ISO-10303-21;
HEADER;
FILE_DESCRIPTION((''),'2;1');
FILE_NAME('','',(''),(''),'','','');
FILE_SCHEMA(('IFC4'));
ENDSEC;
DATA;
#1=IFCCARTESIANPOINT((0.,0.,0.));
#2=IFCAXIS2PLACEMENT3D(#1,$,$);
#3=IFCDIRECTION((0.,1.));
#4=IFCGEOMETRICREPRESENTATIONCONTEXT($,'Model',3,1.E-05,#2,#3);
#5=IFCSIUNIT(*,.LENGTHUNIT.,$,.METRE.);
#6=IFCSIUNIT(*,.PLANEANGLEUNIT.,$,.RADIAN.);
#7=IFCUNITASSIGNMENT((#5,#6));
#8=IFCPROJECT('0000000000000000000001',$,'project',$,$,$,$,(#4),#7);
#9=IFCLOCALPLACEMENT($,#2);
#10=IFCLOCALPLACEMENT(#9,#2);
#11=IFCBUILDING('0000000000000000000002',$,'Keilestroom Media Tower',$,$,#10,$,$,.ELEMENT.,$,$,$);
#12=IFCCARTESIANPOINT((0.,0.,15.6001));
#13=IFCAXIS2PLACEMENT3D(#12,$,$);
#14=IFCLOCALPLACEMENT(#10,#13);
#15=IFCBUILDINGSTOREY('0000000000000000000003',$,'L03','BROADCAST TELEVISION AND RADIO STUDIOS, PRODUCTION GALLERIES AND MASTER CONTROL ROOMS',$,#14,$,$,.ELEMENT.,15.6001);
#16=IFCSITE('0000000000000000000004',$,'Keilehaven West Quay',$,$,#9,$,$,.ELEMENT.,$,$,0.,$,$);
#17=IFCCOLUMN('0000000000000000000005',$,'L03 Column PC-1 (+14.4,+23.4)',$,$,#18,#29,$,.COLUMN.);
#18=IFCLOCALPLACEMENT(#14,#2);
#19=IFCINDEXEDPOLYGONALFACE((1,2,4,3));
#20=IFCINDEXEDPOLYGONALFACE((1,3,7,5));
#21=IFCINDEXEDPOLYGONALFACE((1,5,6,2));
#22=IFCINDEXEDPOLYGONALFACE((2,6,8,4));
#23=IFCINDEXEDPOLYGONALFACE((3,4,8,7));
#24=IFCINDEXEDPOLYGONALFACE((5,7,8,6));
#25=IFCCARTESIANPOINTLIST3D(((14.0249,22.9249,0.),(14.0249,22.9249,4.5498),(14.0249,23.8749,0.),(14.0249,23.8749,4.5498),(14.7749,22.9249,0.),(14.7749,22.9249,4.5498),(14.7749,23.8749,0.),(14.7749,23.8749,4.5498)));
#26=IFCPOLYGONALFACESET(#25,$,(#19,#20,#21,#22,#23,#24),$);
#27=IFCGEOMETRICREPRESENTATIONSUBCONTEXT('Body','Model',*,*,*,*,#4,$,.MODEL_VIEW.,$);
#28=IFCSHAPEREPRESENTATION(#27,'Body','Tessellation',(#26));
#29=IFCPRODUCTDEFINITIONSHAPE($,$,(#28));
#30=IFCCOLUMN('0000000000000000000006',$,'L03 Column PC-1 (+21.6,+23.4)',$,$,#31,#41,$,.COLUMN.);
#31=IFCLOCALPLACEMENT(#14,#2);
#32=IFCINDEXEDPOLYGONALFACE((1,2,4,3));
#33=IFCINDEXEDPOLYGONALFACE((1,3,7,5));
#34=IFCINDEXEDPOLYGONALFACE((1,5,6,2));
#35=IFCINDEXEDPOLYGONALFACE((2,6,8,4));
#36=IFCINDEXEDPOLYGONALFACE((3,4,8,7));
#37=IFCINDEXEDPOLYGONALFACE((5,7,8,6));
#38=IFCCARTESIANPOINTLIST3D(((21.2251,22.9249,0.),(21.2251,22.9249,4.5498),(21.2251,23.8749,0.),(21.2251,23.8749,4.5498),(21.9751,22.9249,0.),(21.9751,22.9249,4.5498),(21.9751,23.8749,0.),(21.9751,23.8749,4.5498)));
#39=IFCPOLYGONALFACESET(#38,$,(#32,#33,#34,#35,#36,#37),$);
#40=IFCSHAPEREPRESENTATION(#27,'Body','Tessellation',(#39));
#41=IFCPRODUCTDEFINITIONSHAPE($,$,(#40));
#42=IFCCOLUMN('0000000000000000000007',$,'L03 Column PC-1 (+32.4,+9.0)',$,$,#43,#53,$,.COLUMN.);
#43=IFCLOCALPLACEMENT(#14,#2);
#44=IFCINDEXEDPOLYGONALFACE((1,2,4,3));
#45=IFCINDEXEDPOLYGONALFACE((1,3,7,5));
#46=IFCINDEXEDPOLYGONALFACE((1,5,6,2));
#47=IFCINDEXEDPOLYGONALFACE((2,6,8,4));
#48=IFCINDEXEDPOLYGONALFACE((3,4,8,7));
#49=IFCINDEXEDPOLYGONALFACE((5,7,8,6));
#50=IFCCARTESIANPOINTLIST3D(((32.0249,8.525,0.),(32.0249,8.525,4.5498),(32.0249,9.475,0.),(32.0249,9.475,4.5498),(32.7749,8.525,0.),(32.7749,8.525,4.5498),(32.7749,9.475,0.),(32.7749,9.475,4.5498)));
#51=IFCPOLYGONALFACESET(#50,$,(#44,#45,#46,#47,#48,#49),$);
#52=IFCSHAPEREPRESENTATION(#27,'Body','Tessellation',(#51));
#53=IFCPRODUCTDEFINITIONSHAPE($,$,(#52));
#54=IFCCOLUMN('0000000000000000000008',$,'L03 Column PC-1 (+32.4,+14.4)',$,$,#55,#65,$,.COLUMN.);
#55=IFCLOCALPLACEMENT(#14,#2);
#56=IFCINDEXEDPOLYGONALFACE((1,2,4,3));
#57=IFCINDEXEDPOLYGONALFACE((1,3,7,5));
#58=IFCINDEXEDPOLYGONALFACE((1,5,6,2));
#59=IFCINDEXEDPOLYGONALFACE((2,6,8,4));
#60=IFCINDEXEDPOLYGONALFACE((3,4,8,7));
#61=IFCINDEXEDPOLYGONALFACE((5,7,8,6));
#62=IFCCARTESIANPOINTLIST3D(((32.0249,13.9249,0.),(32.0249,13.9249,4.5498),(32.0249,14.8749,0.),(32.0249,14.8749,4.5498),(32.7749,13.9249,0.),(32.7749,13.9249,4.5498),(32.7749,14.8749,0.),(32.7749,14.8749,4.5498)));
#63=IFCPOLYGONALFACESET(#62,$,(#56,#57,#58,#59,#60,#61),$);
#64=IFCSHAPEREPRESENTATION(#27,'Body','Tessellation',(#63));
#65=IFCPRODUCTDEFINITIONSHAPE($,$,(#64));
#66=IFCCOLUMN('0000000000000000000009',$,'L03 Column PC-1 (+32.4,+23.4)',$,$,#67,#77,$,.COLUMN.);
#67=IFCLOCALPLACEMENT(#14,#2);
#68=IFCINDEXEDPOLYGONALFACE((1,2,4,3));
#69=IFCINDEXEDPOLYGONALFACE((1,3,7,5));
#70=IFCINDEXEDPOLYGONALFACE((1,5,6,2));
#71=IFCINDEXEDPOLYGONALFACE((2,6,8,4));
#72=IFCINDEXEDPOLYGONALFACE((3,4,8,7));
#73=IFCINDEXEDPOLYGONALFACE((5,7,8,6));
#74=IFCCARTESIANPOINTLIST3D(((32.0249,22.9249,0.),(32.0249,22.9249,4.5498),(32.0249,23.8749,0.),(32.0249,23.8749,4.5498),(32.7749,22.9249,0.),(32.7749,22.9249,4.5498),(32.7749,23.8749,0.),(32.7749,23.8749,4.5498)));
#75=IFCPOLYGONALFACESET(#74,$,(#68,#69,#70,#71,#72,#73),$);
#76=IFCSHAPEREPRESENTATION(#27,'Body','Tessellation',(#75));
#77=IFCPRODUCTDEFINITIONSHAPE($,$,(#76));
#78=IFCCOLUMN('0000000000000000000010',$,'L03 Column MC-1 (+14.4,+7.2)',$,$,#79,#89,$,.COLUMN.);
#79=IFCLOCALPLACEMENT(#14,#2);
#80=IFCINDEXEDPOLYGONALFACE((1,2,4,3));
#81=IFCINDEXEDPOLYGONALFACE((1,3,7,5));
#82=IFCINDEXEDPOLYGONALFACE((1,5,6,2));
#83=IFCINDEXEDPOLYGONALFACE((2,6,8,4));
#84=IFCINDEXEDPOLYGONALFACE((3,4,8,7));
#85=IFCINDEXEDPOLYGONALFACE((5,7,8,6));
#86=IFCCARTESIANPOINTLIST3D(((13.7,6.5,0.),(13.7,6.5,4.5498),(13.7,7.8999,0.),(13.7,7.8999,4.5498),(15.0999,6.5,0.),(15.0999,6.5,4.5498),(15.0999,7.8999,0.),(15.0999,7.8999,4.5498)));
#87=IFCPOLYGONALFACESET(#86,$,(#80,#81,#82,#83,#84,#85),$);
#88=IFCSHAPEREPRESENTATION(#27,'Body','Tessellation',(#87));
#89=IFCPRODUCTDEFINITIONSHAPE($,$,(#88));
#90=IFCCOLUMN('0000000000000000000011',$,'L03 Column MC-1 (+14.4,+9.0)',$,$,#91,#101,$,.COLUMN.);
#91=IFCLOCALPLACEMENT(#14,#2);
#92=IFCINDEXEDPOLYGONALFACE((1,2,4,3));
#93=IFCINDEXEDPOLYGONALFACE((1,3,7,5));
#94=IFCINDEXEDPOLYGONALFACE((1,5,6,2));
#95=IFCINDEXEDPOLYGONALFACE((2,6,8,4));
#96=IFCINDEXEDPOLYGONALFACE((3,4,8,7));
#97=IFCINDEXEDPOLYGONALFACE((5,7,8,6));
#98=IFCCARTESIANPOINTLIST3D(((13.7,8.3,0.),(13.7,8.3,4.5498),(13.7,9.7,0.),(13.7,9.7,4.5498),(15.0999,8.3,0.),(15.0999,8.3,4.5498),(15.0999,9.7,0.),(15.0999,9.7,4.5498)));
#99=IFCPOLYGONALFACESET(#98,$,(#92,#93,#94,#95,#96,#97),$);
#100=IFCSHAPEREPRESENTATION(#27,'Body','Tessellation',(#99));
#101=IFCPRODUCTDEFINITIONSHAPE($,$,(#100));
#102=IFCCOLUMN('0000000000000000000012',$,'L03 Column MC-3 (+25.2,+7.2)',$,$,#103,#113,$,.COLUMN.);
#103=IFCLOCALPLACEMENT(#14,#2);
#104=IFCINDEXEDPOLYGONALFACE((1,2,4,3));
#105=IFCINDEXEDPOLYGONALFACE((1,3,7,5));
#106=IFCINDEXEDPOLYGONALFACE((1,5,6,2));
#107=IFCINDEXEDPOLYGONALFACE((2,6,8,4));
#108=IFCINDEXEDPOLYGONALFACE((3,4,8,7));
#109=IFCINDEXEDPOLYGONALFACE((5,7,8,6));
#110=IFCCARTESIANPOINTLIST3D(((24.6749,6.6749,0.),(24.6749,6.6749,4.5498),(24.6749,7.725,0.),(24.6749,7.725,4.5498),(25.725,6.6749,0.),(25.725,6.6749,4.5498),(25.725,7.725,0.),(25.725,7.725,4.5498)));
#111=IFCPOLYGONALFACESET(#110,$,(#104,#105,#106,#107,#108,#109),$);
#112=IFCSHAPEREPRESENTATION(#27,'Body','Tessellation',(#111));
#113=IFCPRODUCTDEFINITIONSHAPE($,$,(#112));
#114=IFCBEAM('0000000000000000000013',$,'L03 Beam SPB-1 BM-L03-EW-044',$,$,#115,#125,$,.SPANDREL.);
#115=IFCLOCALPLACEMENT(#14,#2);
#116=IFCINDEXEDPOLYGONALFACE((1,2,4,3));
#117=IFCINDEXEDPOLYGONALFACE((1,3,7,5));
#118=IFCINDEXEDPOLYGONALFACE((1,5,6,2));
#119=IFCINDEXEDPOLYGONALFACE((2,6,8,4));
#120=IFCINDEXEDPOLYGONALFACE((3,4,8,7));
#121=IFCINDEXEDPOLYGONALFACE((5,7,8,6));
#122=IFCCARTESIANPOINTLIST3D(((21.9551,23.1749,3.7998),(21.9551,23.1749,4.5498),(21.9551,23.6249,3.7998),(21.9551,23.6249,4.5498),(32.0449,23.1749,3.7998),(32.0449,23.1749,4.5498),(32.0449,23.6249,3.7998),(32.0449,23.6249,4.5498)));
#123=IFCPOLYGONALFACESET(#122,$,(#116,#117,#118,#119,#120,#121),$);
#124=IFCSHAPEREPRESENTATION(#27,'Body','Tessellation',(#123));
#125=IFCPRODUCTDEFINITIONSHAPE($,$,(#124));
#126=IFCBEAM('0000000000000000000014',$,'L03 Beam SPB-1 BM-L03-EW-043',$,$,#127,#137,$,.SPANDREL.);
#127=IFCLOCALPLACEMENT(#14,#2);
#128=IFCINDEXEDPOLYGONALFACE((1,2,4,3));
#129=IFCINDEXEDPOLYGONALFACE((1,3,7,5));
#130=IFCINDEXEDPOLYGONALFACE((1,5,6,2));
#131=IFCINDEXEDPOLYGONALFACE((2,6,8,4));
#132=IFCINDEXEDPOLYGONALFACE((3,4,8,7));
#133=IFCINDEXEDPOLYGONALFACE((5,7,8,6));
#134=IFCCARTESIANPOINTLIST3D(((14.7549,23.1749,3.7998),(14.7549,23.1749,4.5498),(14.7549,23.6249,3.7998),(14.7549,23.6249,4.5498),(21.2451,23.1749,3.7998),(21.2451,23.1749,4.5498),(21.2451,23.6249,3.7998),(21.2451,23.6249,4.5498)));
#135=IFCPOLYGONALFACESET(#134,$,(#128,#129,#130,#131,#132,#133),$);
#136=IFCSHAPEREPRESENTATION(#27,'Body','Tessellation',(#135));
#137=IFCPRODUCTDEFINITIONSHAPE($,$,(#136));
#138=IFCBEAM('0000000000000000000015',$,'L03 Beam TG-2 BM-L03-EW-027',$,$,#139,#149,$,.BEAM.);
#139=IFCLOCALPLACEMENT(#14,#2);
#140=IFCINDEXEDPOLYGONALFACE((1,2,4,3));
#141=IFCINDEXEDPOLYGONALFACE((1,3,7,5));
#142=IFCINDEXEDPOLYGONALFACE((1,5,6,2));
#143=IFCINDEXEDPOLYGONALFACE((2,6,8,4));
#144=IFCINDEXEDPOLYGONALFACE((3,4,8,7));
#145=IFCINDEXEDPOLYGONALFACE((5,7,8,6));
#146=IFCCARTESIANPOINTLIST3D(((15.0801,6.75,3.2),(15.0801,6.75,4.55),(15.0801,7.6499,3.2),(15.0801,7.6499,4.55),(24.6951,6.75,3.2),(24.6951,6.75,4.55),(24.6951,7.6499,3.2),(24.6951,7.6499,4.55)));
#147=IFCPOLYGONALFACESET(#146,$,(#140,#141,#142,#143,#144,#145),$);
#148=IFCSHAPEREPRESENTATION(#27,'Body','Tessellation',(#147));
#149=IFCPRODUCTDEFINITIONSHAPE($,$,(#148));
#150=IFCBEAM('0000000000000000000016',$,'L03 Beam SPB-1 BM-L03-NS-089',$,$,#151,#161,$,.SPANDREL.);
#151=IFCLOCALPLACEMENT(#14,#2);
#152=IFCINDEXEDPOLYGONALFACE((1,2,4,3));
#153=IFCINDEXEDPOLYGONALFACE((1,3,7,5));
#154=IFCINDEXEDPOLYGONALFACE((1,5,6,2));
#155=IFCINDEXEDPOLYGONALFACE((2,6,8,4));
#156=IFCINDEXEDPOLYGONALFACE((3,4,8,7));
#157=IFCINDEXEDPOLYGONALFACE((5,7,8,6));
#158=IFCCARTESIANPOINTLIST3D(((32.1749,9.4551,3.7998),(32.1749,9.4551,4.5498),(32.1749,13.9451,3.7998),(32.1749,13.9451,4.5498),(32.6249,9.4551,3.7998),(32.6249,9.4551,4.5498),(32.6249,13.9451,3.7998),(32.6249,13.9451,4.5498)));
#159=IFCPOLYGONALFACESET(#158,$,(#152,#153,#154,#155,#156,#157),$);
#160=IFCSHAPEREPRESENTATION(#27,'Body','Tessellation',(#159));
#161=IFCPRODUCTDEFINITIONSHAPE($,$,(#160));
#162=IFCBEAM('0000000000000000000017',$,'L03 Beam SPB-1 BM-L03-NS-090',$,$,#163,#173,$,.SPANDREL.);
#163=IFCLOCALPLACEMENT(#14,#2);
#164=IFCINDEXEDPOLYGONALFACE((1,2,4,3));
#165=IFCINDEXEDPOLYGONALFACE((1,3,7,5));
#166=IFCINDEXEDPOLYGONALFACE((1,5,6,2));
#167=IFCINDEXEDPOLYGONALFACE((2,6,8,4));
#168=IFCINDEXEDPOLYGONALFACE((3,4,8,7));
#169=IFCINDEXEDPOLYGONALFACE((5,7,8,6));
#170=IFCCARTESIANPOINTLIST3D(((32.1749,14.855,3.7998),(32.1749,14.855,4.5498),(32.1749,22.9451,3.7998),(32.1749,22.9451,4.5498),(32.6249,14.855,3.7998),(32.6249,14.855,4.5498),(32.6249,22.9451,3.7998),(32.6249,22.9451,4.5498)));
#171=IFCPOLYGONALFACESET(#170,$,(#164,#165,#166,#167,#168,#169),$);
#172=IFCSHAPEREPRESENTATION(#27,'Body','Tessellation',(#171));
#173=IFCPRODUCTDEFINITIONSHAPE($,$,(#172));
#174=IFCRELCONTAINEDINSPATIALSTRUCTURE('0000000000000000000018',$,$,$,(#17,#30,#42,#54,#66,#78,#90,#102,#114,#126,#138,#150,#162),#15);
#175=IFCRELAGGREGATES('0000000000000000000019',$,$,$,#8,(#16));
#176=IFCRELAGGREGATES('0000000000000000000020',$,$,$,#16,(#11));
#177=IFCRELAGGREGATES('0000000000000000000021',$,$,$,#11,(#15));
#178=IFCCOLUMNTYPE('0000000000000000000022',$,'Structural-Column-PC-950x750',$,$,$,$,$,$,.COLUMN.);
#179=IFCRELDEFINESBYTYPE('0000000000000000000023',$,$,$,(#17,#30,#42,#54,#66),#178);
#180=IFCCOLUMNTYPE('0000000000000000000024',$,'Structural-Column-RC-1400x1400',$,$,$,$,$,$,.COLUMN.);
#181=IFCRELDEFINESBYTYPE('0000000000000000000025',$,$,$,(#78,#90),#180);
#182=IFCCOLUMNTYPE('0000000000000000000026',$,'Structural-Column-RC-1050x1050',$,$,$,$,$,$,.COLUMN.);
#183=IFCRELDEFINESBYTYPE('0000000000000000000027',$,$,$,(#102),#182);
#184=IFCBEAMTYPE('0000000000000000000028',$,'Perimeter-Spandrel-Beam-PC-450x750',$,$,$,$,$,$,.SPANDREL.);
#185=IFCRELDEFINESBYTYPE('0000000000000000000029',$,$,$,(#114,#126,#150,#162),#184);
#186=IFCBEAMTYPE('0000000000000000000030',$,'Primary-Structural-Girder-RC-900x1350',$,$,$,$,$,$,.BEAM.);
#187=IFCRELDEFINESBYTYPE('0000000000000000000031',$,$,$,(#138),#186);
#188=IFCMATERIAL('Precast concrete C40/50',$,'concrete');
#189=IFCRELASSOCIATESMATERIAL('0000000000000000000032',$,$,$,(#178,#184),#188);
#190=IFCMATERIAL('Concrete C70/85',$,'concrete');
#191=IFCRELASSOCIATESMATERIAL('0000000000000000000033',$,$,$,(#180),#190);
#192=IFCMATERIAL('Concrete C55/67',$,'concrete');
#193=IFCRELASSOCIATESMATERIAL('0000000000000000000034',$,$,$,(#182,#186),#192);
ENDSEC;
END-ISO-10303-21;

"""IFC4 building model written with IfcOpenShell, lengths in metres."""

from ifc_helpers import new_model, si_unit, direction, frame, origin, origin_2d, place, context, subcontext, project, spatial, rectangle, extrude, source, transform, mapped, material, material_profile, profile_set, type_object, element, save


model = new_model("IFC4")

# Units and contexts
model_context = context("Model", 3, precision=1e-05, world=origin(), true_north=direction((0.0, 1.0)))
body_context = subcontext(model_context, "Body", "Model", "MODEL_VIEW")
ifc_project = project(units=[si_unit("LENGTHUNIT", "METRE"), si_unit("PLANEANGLEUNIT", "RADIAN")], contexts=[model_context])

# Site, building, storey
site_placement = place(None, origin())
site = spatial("IfcSite", under=ifc_project, at=site_placement, Name="Keilehaven West Quay", CompositionType="ELEMENT", RefElevation=0.0)
building_placement = place(site_placement, origin())
building = spatial("IfcBuilding", under=site, at=building_placement, Name="Keilestroom Media Tower", CompositionType="ELEMENT")
storey_placement = place(building_placement, frame((0.0, 0.0, 15.6001)))
storey = spatial("IfcBuildingStorey", under=building, at=storey_placement, Name="L03", Description="BROADCAST TELEVISION AND RADIO STUDIOS, PRODUCTION GALLERIES AND MASTER CONTROL ROOMS", CompositionType="ELEMENT", Elevation=15.6001)

# Columns
ifc_material_1 = material(Name="Precast concrete C40/50", Category="concrete")
ifc_material_profile_1 = material_profile(ifc_material_1, rectangle(XDim=0.75, YDim=0.95, at=origin_2d()), Name="PC 950x750")
ifc_profile_set_1 = profile_set([ifc_material_profile_1], Name="Precast concrete C40/50")
column_type_1 = type_object("IfcColumnType", Name="Structural-Column-PC-950x750", PredefinedType="COLUMN", material=ifc_profile_set_1)
shared_shape_1 = source(origin(), body_context, "Body", "SweptSolid", [
    extrude(rectangle(XDim=0.75, YDim=0.95, at=origin_2d()), origin(), (0.0, 0.0, 1.0), 4.5498),
])
for number, where, z_axis, x_axis, name in (
    (1, (14.3999, 23.3999, 0.0), (0.0, 0.0, 1.0), (1.0, 0.0, 0.0), "L03 Column PC-1 (+14.4,+23.4)"),
    (2, (21.6001, 23.3999, 0.0), (0.0, 0.0, 1.0), (1.0, 0.0, 0.0), "L03 Column PC-1 (+21.6,+23.4)"),
    (3, (32.3999, 9.0, 0.0), (0.0, 0.0, 1.0), (1.0, 0.0, 0.0), "L03 Column PC-1 (+32.4,+9.0)"),
    (4, (32.3999, 14.3999, 0.0), (0.0, 0.0, 1.0), (1.0, 0.0, 0.0), "L03 Column PC-1 (+32.4,+14.4)"),
    (5, (32.3999, 23.3999, 0.0), (0.0, 0.0, 1.0), (1.0, 0.0, 0.0), "L03 Column PC-1 (+32.4,+23.4)"),
):
    element("IfcColumn", number, at=place(storey_placement, frame(where, z_axis=z_axis, x_axis=x_axis)), inside=storey, type_object=column_type_1, Name=name, PredefinedType="COLUMN", context=body_context, shape_type="MappedRepresentation", body=[
        mapped(shared_shape_1, transform((0.0, 0.0, 0.0), x_axis=(1.0, 0.0, 0.0), y_axis=(0.0, 1.0, 0.0), z_axis=(0.0, 0.0, 1.0), scale=1.0)),
    ])
ifc_material_2 = material(Name="Concrete C70/85", Category="concrete")
ifc_material_profile_2 = material_profile(ifc_material_2, rectangle(XDim=1.3999, YDim=1.3999, at=origin_2d()), Name="RC 1400x1400")
ifc_profile_set_2 = profile_set([ifc_material_profile_2], Name="Concrete C70/85")
column_type_2 = type_object("IfcColumnType", Name="Structural-Column-RC-1400x1400", PredefinedType="COLUMN", material=ifc_profile_set_2)
shared_shape_2 = source(origin(), body_context, "Body", "SweptSolid", [
    extrude(rectangle(XDim=1.3999, YDim=1.3999, at=origin_2d()), origin(), (0.0, 0.0, 1.0), 4.5498),
])
for number, where, z_axis, x_axis, name in (
    (6, (14.3999, 7.2, 0.0), (0.0, 0.0, 1.0), (1.0, 0.0, 0.0), "L03 Column MC-1 (+14.4,+7.2)"),
    (7, (14.3999, 9.0, 0.0), (0.0, 0.0, 1.0), (1.0, 0.0, 0.0), "L03 Column MC-1 (+14.4,+9.0)"),
):
    element("IfcColumn", number, at=place(storey_placement, frame(where, z_axis=z_axis, x_axis=x_axis)), inside=storey, type_object=column_type_2, Name=name, PredefinedType="COLUMN", context=body_context, shape_type="MappedRepresentation", body=[
        mapped(shared_shape_2, transform((0.0, 0.0, 0.0), x_axis=(1.0, 0.0, 0.0), y_axis=(0.0, 1.0, 0.0), z_axis=(0.0, 0.0, 1.0), scale=1.0)),
    ])
ifc_material_3 = material(Name="Concrete C55/67", Category="concrete")
ifc_material_profile_3 = material_profile(ifc_material_3, rectangle(XDim=1.05, YDim=1.05, at=origin_2d()), Name="RC 1050x1050")
ifc_profile_set_3 = profile_set([ifc_material_profile_3], Name="Concrete C55/67")
column_type_3 = type_object("IfcColumnType", Name="Structural-Column-RC-1050x1050", PredefinedType="COLUMN", material=ifc_profile_set_3)
shared_shape_3 = source(origin(), body_context, "Body", "SweptSolid", [
    extrude(rectangle(XDim=1.05, YDim=1.05, at=origin_2d()), origin(), (0.0, 0.0, 1.0), 4.5498),
])
column_placement = place(storey_placement, frame((25.2, 7.2, 0.0), z_axis=(0.0, 0.0, 1.0), x_axis=(1.0, 0.0, 0.0)))
element("IfcColumn", 8, at=column_placement, inside=storey, type_object=column_type_3, Name="L03 Column MC-3 (+25.2,+7.2)", PredefinedType="COLUMN", context=body_context, shape_type="MappedRepresentation", body=[
    mapped(shared_shape_3, transform((0.0, 0.0, 0.0), x_axis=(1.0, 0.0, 0.0), y_axis=(0.0, 1.0, 0.0), z_axis=(0.0, 0.0, 1.0), scale=1.0)),
])

# Beams
ifc_material_profile_4 = material_profile(ifc_material_1, rectangle(XDim=0.45, YDim=0.75, at=origin_2d()), Name="PC 450x750")
ifc_profile_set_4 = profile_set([ifc_material_profile_4], Name="Precast concrete C40/50")
beam_type_1 = type_object("IfcBeamType", Name="Perimeter-Spandrel-Beam-PC-450x750", PredefinedType="SPANDREL", material=ifc_profile_set_4)
shared_shape_4 = source(origin(), body_context, "Body", "SweptSolid", [
    extrude(rectangle(XDim=0.45, YDim=0.75, at=origin_2d()), origin(), (0.0, 0.0, 1.0), 10.0898),
])
beam_1_placement = place(storey_placement, frame((21.9551, 23.3999, 4.1748), z_axis=(1.0, 0.0, 0.0), x_axis=(0.0, 1.0, 0.0)))
element("IfcBeam", 9, at=beam_1_placement, inside=storey, type_object=beam_type_1, Name="L03 Beam SPB-1 BM-L03-EW-044", PredefinedType="SPANDREL", context=body_context, shape_type="MappedRepresentation", body=[
    mapped(shared_shape_4, transform((0.0, 0.0, 0.0), x_axis=(1.0, 0.0, 0.0), y_axis=(0.0, 1.0, 0.0), z_axis=(0.0, 0.0, 1.0), scale=1.0)),
])
shared_shape_5 = source(origin(), body_context, "Body", "SweptSolid", [
    extrude(rectangle(XDim=0.45, YDim=0.75, at=origin_2d()), origin(), (0.0, 0.0, 1.0), 6.4902),
])
beam_2_placement = place(storey_placement, frame((14.7549, 23.3999, 4.1748), z_axis=(1.0, 0.0, 0.0), x_axis=(0.0, 1.0, 0.0)))
element("IfcBeam", 10, at=beam_2_placement, inside=storey, type_object=beam_type_1, Name="L03 Beam SPB-1 BM-L03-EW-043", PredefinedType="SPANDREL", context=body_context, shape_type="MappedRepresentation", body=[
    mapped(shared_shape_5, transform((0.0, 0.0, 0.0), x_axis=(1.0, 0.0, 0.0), y_axis=(0.0, 1.0, 0.0), z_axis=(0.0, 0.0, 1.0), scale=1.0)),
])
ifc_material_profile_5 = material_profile(ifc_material_3, rectangle(XDim=0.8999, YDim=1.3501, at=origin_2d()), Name="RC 900x1350")
ifc_profile_set_5 = profile_set([ifc_material_profile_5], Name="Concrete C55/67")
beam_type_2 = type_object("IfcBeamType", Name="Primary-Structural-Girder-RC-900x1350", PredefinedType="BEAM", material=ifc_profile_set_5)
shared_shape_6 = source(origin(), body_context, "Body", "SweptSolid", [
    extrude(rectangle(XDim=0.8999, YDim=1.3501, at=origin_2d()), origin(), (0.0, 0.0, 1.0), 9.615),
])
beam_3_placement = place(storey_placement, frame((15.0801, 7.2, 3.875), z_axis=(1.0, 0.0, 0.0), x_axis=(0.0, 1.0, 0.0)))
element("IfcBeam", 11, at=beam_3_placement, inside=storey, type_object=beam_type_2, Name="L03 Beam TG-2 BM-L03-EW-027", PredefinedType="BEAM", context=body_context, shape_type="MappedRepresentation", body=[
    mapped(shared_shape_6, transform((0.0, 0.0, 0.0), x_axis=(1.0, 0.0, 0.0), y_axis=(0.0, 1.0, 0.0), z_axis=(0.0, 0.0, 1.0), scale=1.0)),
])
shared_shape_7 = source(origin(), body_context, "Body", "SweptSolid", [
    extrude(rectangle(XDim=0.45, YDim=0.75, at=origin_2d()), origin(), (0.0, 0.0, 1.0), 4.49),
])
beam_4_placement = place(storey_placement, frame((32.3999, 9.4551, 4.1748), z_axis=(0.0, 1.0, 0.0), x_axis=(-1.0, 0.0, 0.0)))
element("IfcBeam", 12, at=beam_4_placement, inside=storey, type_object=beam_type_1, Name="L03 Beam SPB-1 BM-L03-NS-089", PredefinedType="SPANDREL", context=body_context, shape_type="MappedRepresentation", body=[
    mapped(shared_shape_7, transform((0.0, 0.0, 0.0), x_axis=(1.0, 0.0, 0.0), y_axis=(0.0, 1.0, 0.0), z_axis=(0.0, 0.0, 1.0), scale=1.0)),
])
shared_shape_8 = source(origin(), body_context, "Body", "SweptSolid", [
    extrude(rectangle(XDim=0.45, YDim=0.75, at=origin_2d()), origin(), (0.0, 0.0, 1.0), 8.0901),
])
beam_5_placement = place(storey_placement, frame((32.3999, 14.855, 4.1748), z_axis=(0.0, 1.0, 0.0), x_axis=(-1.0, 0.0, 0.0)))
element("IfcBeam", 13, at=beam_5_placement, inside=storey, type_object=beam_type_1, Name="L03 Beam SPB-1 BM-L03-NS-090", PredefinedType="SPANDREL", context=body_context, shape_type="MappedRepresentation", body=[
    mapped(shared_shape_8, transform((0.0, 0.0, 0.0), x_axis=(1.0, 0.0, 0.0), y_axis=(0.0, 1.0, 0.0), z_axis=(0.0, 0.0, 1.0), scale=1.0)),
])

save(model, "model.ifc")
